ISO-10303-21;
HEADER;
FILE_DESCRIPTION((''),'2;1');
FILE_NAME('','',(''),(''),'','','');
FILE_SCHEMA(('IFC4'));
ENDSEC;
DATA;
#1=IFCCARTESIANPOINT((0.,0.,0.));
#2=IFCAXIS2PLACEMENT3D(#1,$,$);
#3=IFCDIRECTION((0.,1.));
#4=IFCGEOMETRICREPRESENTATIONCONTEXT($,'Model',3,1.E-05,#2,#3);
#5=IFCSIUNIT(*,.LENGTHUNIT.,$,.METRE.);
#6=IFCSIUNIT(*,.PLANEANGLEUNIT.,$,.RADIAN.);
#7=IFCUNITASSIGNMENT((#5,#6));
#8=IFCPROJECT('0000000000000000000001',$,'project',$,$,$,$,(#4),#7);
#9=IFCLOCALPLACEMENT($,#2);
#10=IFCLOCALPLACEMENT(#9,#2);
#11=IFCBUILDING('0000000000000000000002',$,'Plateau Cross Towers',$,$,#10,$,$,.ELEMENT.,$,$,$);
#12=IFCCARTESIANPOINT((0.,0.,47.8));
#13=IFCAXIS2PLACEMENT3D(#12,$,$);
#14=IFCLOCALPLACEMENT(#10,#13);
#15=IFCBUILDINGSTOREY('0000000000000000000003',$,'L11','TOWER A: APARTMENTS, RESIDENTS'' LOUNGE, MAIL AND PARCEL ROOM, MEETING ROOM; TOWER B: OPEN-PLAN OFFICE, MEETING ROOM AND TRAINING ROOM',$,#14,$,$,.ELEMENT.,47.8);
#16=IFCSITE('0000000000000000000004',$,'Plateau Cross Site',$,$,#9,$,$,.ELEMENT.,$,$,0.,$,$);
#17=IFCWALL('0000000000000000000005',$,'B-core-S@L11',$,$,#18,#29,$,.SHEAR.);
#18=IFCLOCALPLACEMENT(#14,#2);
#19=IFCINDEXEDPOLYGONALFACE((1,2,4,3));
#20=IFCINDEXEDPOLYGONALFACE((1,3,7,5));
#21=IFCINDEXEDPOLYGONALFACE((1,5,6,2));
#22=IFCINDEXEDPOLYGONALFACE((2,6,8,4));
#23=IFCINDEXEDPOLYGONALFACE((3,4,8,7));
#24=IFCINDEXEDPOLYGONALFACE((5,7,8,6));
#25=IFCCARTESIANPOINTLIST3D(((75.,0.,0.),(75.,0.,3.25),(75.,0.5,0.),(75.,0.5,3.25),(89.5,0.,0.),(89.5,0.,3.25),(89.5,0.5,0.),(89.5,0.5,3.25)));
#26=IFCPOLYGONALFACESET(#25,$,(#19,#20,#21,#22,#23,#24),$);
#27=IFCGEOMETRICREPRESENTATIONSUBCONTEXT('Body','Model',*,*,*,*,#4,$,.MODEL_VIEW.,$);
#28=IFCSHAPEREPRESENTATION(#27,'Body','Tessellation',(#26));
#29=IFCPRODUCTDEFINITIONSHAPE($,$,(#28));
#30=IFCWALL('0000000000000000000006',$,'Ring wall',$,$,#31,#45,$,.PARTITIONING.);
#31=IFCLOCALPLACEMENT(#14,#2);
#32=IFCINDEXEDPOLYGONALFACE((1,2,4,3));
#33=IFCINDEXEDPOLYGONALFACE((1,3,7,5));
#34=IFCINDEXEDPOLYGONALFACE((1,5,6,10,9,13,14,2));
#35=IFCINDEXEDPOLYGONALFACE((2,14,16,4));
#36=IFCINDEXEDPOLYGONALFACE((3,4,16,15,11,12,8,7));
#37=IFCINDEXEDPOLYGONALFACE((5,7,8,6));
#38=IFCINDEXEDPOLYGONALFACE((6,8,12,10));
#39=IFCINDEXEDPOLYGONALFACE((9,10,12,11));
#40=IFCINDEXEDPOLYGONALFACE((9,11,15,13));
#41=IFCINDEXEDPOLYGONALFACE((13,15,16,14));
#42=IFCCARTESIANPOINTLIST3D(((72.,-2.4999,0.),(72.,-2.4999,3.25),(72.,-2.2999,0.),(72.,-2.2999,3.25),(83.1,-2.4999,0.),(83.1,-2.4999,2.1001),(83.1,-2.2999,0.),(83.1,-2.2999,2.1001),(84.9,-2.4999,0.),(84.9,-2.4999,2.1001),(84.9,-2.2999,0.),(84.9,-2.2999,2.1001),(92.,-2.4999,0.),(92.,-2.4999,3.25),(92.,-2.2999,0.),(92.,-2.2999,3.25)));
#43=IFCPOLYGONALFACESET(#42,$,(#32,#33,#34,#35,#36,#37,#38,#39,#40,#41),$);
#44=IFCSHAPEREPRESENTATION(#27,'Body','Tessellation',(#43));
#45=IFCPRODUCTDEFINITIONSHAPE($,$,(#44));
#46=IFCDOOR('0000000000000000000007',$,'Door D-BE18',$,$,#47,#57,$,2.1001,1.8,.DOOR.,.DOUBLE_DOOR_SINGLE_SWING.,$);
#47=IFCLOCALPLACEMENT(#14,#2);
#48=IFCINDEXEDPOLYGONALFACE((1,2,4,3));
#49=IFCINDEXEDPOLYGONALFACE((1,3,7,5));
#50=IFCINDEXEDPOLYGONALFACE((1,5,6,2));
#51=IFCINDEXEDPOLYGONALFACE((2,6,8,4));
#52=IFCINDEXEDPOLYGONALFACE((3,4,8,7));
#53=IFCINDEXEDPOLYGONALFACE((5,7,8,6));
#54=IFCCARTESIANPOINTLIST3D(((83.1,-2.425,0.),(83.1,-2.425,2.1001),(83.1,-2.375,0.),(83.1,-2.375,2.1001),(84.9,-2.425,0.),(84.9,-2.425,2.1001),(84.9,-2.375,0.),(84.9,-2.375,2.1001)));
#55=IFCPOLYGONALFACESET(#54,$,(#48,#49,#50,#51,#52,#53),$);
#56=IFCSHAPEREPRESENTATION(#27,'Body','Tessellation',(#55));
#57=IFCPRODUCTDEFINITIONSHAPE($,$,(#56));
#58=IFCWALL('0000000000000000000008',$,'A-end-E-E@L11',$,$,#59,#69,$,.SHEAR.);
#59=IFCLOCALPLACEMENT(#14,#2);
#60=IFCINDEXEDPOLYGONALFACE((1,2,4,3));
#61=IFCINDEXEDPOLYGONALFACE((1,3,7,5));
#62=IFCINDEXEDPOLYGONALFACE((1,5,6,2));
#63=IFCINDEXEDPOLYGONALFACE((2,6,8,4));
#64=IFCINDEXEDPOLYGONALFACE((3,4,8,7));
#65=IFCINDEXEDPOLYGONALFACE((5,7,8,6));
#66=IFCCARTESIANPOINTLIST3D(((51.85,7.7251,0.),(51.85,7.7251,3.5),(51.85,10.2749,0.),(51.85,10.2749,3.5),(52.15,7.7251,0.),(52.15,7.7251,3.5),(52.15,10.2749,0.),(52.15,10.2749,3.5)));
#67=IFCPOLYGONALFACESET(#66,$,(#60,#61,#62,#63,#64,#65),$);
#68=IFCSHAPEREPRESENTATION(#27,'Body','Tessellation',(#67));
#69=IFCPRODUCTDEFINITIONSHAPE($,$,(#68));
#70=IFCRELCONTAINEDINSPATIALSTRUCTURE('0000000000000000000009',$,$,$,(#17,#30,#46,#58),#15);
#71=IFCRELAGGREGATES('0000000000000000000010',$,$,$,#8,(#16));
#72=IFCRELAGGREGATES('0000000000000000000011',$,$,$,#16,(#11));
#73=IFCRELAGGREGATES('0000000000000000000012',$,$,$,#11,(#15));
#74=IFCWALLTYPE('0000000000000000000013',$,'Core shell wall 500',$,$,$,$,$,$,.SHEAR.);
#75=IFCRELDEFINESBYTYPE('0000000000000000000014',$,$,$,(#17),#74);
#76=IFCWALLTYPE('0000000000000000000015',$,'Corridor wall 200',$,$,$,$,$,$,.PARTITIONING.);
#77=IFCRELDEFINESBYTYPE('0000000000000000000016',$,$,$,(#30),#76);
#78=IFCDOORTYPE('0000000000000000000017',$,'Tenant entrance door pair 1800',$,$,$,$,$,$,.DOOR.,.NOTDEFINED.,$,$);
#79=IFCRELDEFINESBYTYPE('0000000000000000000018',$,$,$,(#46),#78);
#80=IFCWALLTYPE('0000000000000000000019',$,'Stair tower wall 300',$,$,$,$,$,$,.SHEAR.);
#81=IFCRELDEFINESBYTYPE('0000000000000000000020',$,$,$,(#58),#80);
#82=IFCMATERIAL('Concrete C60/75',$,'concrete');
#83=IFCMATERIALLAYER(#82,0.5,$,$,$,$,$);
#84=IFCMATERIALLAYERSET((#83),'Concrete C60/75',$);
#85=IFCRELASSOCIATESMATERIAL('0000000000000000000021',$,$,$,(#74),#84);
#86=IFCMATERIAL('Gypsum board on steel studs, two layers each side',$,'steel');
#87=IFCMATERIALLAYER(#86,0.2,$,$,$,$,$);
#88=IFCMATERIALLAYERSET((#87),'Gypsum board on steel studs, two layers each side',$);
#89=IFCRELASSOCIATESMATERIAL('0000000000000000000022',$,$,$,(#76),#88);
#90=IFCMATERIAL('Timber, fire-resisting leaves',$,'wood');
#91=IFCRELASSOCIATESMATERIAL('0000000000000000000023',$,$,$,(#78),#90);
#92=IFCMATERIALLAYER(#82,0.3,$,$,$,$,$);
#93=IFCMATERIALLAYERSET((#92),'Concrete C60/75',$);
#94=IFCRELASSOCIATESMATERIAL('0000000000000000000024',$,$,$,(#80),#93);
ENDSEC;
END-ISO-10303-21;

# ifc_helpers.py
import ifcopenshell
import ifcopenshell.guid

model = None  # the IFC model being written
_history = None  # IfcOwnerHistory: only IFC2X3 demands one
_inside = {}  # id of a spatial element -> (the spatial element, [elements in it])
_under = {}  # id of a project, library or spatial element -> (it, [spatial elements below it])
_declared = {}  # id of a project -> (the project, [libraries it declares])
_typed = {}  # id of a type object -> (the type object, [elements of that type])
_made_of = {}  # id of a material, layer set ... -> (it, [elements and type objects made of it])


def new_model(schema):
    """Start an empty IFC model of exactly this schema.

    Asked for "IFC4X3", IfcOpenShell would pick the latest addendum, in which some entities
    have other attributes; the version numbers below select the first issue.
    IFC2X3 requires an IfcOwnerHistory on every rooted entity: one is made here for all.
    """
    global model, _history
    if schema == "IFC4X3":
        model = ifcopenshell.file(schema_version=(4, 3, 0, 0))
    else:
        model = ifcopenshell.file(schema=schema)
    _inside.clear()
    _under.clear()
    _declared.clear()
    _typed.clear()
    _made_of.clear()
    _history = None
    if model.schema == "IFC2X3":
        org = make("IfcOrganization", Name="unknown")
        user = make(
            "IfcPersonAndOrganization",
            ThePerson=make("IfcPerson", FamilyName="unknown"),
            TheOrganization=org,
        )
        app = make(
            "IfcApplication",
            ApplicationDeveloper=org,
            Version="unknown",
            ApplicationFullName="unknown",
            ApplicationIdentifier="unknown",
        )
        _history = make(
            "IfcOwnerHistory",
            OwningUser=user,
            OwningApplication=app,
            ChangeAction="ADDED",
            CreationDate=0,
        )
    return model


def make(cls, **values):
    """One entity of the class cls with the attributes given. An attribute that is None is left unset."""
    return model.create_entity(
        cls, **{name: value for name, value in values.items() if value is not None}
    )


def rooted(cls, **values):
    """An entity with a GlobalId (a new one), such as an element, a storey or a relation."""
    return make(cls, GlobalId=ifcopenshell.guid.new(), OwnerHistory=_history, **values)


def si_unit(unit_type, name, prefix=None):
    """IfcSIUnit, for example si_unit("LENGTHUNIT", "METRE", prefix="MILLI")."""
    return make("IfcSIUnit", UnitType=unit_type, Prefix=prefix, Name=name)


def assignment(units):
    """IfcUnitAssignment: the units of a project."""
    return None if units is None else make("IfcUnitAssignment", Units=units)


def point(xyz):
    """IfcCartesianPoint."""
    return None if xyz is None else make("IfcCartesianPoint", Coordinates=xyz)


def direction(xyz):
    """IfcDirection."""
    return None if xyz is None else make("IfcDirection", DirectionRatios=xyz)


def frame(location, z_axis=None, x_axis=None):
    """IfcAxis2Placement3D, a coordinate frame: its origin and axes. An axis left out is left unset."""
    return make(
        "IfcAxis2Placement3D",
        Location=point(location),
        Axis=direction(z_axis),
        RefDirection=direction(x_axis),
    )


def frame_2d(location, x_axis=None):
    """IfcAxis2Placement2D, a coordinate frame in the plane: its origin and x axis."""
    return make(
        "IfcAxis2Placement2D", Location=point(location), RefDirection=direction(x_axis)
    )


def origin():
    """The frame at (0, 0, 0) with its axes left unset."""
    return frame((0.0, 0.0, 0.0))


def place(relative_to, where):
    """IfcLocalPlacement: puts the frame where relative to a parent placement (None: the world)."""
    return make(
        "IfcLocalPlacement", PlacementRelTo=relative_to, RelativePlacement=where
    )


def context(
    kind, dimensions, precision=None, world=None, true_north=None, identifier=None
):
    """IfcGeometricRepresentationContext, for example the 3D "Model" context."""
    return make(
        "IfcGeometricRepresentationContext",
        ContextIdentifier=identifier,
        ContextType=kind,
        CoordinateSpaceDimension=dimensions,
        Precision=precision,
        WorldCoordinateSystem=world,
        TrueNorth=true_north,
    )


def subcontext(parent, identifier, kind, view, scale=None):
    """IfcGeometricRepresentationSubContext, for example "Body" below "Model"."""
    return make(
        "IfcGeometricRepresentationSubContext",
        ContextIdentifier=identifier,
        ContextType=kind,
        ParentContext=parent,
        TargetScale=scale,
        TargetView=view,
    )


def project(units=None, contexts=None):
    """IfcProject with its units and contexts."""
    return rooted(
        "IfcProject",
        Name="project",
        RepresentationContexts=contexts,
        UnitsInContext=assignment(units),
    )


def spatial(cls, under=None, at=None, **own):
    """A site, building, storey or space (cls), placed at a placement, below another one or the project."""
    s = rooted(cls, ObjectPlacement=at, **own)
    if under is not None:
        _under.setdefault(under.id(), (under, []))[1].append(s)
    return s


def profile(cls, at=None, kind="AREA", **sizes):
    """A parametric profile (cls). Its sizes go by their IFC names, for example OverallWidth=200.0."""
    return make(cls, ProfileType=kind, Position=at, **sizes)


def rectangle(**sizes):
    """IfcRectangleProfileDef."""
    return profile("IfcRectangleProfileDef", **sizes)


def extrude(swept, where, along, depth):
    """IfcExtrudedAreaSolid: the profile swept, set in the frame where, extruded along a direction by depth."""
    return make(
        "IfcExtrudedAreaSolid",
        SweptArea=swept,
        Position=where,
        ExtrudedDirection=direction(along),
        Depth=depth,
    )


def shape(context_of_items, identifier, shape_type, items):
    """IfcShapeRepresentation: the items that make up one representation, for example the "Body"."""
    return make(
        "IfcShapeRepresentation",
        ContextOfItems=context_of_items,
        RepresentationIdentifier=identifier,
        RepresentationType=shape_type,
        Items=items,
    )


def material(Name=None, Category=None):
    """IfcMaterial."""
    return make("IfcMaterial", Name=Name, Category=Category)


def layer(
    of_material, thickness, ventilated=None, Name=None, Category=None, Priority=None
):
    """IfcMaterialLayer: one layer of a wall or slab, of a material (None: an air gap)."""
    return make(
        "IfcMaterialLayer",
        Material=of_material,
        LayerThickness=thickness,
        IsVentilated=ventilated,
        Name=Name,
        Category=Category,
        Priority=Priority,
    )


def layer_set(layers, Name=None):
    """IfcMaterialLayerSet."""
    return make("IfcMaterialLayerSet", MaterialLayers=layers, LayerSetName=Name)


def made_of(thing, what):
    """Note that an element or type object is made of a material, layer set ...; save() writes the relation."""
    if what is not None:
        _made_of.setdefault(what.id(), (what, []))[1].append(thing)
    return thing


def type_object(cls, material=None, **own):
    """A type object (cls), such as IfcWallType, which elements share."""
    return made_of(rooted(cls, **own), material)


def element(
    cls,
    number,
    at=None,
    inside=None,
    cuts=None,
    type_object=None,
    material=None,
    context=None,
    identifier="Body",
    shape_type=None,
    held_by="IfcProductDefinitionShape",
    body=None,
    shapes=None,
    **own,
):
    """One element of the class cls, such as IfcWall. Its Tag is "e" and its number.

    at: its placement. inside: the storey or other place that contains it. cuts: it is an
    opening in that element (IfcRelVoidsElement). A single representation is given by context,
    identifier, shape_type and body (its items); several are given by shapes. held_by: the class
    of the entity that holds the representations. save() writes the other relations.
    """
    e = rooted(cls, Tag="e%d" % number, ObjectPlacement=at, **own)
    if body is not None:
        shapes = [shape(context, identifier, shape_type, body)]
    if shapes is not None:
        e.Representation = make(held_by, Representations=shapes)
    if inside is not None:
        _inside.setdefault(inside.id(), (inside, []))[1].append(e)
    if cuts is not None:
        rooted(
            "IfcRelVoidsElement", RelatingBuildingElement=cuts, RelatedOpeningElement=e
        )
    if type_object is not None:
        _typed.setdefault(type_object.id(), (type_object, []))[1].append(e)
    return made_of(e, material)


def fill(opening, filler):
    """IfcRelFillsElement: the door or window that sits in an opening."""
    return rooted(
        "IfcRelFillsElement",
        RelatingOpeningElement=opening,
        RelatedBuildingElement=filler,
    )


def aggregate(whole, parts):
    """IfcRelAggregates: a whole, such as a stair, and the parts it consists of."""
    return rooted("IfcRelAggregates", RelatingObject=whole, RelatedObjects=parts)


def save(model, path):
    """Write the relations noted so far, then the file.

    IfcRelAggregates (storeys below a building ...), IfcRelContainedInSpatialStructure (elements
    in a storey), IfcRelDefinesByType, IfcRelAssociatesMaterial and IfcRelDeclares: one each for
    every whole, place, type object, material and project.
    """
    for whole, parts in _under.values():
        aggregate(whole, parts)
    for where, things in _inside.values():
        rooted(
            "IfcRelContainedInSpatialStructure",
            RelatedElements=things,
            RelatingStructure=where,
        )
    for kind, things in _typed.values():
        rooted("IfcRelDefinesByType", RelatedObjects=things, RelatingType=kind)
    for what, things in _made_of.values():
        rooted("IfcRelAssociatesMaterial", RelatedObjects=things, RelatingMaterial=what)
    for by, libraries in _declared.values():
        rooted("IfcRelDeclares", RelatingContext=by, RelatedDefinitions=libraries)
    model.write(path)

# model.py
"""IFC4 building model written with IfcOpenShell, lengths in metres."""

from ifc_helpers import new_model, si_unit, direction, frame, frame_2d, origin, place, context, subcontext, project, spatial, rectangle, extrude, material, layer, layer_set, type_object, element, fill, save


model = new_model("IFC4")

# Units and contexts
model_context = context("Model", 3, precision=1e-05, world=origin(), true_north=direction((0.0, 1.0)))
body_context = subcontext(model_context, "Body", "Model", "MODEL_VIEW")
ifc_project = project(units=[si_unit("LENGTHUNIT", "METRE"), si_unit("PLANEANGLEUNIT", "RADIAN")], contexts=[model_context])

# Site, building, storey
site_placement = place(None, origin())
site = spatial("IfcSite", under=ifc_project, at=site_placement, Name="Plateau Cross Site", CompositionType="ELEMENT", RefElevation=0.0)
building_placement = place(site_placement, origin())
building = spatial("IfcBuilding", under=site, at=building_placement, Name="Plateau Cross Towers", CompositionType="ELEMENT")
storey_placement = place(building_placement, frame((0.0, 0.0, 47.8)))
storey = spatial("IfcBuildingStorey", under=building, at=storey_placement, Name="L11", Description="TOWER A: APARTMENTS, RESIDENTS' LOUNGE, MAIL AND PARCEL ROOM, MEETING ROOM; TOWER B: OPEN-PLAN OFFICE, MEETING ROOM AND TRAINING ROOM", CompositionType="ELEMENT", Elevation=47.8)

# Shared definitions
ifc_material_1 = material(Name="Concrete C60/75", Category="concrete")

# Wall
ifc_layer_1 = layer(ifc_material_1, 0.5)
ifc_layer_set_1 = layer_set([ifc_layer_1], Name="Concrete C60/75")
wall_type_1 = type_object("IfcWallType", Name="Core shell wall 500", PredefinedType="SHEAR", material=ifc_layer_set_1)
wall_1_placement = place(storey_placement, frame((75.0, 0.25, 0.0), z_axis=(0.0, 0.0, 1.0), x_axis=(1.0, 0.0, 0.0)))
element("IfcWall", 1, at=wall_1_placement, inside=storey, type_object=wall_type_1, Name="B-core-S@L11", PredefinedType="SHEAR", context=body_context, shape_type="SweptSolid", body=[
    extrude(rectangle(XDim=14.5, YDim=0.5, at=frame_2d((7.25, 0.0))), origin(), (0.0, 0.0, 1.0), 3.25),
])

# Wall, opening, door
ifc_material_2 = material(Name="Gypsum board on steel studs, two layers each side", Category="steel")
ifc_layer_2 = layer(ifc_material_2, 0.2)
ifc_layer_set_2 = layer_set([ifc_layer_2], Name="Gypsum board on steel studs, two layers each side")
wall_type_2 = type_object("IfcWallType", Name="Corridor wall 200", PredefinedType="PARTITIONING", material=ifc_layer_set_2)
wall_2_placement = place(storey_placement, frame((72.0, -2.3999, 0.0), z_axis=(0.0, 0.0, 1.0), x_axis=(1.0, 0.0, 0.0)))
wall_2 = element("IfcWall", 2, at=wall_2_placement, inside=storey, type_object=wall_type_2, Name="Ring wall", PredefinedType="PARTITIONING", context=body_context, shape_type="SweptSolid", body=[
    extrude(rectangle(XDim=20.0, YDim=0.2, at=frame_2d((10.0, 0.0))), origin(), (0.0, 0.0, 1.0), 3.25),
])
opening_placement = place(wall_2_placement, frame((11.1001, 0.0, 0.0)))
opening = element("IfcOpeningElement", 3, at=opening_placement, cuts=wall_2, PredefinedType="OPENING", context=body_context, shape_type="SweptSolid", body=[
    extrude(rectangle(XDim=1.8, YDim=2.1001, at=frame_2d((0.8999, 1.05))), frame((0.0, 0.1099, 0.0), z_axis=(0.0, -1.0, 0.0), x_axis=(1.0, 0.0, 0.0)), (0.0, 0.0, 1.0), 0.22),
])
ifc_material_3 = material(Name="Timber, fire-resisting leaves", Category="wood")
door_type = type_object("IfcDoorType", Name="Tenant entrance door pair 1800", OperationType="NOTDEFINED", PredefinedType="DOOR", material=ifc_material_3)
door_placement = place(opening_placement, origin())
door = element("IfcDoor", 4, at=door_placement, inside=storey, type_object=door_type, Name="Door D-BE18", OperationType="DOUBLE_DOOR_SINGLE_SWING", OverallHeight=2.1001, OverallWidth=1.8, PredefinedType="DOOR", context=body_context, shape_type="SweptSolid", body=[
    extrude(rectangle(XDim=1.8, YDim=2.1001, at=frame_2d((0.8999, 1.05))), frame((0.0, 0.0249, 0.0), z_axis=(0.0, -1.0, 0.0), x_axis=(1.0, 0.0, 0.0)), (0.0, 0.0, 1.0), 0.05),
])
fill(opening, door)

# Wall
ifc_layer_3 = layer(ifc_material_1, 0.3)
ifc_layer_set_3 = layer_set([ifc_layer_3], Name="Concrete C60/75")
wall_type_3 = type_object("IfcWallType", Name="Stair tower wall 300", PredefinedType="SHEAR", material=ifc_layer_set_3)
wall_3_placement = place(storey_placement, frame((52.0, 7.7251, 0.0), z_axis=(0.0, 0.0, 1.0), x_axis=(0.0, 1.0, 0.0)))
element("IfcWall", 5, at=wall_3_placement, inside=storey, type_object=wall_type_3, Name="A-end-E-E@L11", PredefinedType="SHEAR", context=body_context, shape_type="SweptSolid", body=[
    extrude(rectangle(XDim=2.5498, YDim=0.3, at=frame_2d((1.2749, 0.0))), origin(), (0.0, 0.0, 1.0), 3.5),
])

save(model, "model.ifc")
